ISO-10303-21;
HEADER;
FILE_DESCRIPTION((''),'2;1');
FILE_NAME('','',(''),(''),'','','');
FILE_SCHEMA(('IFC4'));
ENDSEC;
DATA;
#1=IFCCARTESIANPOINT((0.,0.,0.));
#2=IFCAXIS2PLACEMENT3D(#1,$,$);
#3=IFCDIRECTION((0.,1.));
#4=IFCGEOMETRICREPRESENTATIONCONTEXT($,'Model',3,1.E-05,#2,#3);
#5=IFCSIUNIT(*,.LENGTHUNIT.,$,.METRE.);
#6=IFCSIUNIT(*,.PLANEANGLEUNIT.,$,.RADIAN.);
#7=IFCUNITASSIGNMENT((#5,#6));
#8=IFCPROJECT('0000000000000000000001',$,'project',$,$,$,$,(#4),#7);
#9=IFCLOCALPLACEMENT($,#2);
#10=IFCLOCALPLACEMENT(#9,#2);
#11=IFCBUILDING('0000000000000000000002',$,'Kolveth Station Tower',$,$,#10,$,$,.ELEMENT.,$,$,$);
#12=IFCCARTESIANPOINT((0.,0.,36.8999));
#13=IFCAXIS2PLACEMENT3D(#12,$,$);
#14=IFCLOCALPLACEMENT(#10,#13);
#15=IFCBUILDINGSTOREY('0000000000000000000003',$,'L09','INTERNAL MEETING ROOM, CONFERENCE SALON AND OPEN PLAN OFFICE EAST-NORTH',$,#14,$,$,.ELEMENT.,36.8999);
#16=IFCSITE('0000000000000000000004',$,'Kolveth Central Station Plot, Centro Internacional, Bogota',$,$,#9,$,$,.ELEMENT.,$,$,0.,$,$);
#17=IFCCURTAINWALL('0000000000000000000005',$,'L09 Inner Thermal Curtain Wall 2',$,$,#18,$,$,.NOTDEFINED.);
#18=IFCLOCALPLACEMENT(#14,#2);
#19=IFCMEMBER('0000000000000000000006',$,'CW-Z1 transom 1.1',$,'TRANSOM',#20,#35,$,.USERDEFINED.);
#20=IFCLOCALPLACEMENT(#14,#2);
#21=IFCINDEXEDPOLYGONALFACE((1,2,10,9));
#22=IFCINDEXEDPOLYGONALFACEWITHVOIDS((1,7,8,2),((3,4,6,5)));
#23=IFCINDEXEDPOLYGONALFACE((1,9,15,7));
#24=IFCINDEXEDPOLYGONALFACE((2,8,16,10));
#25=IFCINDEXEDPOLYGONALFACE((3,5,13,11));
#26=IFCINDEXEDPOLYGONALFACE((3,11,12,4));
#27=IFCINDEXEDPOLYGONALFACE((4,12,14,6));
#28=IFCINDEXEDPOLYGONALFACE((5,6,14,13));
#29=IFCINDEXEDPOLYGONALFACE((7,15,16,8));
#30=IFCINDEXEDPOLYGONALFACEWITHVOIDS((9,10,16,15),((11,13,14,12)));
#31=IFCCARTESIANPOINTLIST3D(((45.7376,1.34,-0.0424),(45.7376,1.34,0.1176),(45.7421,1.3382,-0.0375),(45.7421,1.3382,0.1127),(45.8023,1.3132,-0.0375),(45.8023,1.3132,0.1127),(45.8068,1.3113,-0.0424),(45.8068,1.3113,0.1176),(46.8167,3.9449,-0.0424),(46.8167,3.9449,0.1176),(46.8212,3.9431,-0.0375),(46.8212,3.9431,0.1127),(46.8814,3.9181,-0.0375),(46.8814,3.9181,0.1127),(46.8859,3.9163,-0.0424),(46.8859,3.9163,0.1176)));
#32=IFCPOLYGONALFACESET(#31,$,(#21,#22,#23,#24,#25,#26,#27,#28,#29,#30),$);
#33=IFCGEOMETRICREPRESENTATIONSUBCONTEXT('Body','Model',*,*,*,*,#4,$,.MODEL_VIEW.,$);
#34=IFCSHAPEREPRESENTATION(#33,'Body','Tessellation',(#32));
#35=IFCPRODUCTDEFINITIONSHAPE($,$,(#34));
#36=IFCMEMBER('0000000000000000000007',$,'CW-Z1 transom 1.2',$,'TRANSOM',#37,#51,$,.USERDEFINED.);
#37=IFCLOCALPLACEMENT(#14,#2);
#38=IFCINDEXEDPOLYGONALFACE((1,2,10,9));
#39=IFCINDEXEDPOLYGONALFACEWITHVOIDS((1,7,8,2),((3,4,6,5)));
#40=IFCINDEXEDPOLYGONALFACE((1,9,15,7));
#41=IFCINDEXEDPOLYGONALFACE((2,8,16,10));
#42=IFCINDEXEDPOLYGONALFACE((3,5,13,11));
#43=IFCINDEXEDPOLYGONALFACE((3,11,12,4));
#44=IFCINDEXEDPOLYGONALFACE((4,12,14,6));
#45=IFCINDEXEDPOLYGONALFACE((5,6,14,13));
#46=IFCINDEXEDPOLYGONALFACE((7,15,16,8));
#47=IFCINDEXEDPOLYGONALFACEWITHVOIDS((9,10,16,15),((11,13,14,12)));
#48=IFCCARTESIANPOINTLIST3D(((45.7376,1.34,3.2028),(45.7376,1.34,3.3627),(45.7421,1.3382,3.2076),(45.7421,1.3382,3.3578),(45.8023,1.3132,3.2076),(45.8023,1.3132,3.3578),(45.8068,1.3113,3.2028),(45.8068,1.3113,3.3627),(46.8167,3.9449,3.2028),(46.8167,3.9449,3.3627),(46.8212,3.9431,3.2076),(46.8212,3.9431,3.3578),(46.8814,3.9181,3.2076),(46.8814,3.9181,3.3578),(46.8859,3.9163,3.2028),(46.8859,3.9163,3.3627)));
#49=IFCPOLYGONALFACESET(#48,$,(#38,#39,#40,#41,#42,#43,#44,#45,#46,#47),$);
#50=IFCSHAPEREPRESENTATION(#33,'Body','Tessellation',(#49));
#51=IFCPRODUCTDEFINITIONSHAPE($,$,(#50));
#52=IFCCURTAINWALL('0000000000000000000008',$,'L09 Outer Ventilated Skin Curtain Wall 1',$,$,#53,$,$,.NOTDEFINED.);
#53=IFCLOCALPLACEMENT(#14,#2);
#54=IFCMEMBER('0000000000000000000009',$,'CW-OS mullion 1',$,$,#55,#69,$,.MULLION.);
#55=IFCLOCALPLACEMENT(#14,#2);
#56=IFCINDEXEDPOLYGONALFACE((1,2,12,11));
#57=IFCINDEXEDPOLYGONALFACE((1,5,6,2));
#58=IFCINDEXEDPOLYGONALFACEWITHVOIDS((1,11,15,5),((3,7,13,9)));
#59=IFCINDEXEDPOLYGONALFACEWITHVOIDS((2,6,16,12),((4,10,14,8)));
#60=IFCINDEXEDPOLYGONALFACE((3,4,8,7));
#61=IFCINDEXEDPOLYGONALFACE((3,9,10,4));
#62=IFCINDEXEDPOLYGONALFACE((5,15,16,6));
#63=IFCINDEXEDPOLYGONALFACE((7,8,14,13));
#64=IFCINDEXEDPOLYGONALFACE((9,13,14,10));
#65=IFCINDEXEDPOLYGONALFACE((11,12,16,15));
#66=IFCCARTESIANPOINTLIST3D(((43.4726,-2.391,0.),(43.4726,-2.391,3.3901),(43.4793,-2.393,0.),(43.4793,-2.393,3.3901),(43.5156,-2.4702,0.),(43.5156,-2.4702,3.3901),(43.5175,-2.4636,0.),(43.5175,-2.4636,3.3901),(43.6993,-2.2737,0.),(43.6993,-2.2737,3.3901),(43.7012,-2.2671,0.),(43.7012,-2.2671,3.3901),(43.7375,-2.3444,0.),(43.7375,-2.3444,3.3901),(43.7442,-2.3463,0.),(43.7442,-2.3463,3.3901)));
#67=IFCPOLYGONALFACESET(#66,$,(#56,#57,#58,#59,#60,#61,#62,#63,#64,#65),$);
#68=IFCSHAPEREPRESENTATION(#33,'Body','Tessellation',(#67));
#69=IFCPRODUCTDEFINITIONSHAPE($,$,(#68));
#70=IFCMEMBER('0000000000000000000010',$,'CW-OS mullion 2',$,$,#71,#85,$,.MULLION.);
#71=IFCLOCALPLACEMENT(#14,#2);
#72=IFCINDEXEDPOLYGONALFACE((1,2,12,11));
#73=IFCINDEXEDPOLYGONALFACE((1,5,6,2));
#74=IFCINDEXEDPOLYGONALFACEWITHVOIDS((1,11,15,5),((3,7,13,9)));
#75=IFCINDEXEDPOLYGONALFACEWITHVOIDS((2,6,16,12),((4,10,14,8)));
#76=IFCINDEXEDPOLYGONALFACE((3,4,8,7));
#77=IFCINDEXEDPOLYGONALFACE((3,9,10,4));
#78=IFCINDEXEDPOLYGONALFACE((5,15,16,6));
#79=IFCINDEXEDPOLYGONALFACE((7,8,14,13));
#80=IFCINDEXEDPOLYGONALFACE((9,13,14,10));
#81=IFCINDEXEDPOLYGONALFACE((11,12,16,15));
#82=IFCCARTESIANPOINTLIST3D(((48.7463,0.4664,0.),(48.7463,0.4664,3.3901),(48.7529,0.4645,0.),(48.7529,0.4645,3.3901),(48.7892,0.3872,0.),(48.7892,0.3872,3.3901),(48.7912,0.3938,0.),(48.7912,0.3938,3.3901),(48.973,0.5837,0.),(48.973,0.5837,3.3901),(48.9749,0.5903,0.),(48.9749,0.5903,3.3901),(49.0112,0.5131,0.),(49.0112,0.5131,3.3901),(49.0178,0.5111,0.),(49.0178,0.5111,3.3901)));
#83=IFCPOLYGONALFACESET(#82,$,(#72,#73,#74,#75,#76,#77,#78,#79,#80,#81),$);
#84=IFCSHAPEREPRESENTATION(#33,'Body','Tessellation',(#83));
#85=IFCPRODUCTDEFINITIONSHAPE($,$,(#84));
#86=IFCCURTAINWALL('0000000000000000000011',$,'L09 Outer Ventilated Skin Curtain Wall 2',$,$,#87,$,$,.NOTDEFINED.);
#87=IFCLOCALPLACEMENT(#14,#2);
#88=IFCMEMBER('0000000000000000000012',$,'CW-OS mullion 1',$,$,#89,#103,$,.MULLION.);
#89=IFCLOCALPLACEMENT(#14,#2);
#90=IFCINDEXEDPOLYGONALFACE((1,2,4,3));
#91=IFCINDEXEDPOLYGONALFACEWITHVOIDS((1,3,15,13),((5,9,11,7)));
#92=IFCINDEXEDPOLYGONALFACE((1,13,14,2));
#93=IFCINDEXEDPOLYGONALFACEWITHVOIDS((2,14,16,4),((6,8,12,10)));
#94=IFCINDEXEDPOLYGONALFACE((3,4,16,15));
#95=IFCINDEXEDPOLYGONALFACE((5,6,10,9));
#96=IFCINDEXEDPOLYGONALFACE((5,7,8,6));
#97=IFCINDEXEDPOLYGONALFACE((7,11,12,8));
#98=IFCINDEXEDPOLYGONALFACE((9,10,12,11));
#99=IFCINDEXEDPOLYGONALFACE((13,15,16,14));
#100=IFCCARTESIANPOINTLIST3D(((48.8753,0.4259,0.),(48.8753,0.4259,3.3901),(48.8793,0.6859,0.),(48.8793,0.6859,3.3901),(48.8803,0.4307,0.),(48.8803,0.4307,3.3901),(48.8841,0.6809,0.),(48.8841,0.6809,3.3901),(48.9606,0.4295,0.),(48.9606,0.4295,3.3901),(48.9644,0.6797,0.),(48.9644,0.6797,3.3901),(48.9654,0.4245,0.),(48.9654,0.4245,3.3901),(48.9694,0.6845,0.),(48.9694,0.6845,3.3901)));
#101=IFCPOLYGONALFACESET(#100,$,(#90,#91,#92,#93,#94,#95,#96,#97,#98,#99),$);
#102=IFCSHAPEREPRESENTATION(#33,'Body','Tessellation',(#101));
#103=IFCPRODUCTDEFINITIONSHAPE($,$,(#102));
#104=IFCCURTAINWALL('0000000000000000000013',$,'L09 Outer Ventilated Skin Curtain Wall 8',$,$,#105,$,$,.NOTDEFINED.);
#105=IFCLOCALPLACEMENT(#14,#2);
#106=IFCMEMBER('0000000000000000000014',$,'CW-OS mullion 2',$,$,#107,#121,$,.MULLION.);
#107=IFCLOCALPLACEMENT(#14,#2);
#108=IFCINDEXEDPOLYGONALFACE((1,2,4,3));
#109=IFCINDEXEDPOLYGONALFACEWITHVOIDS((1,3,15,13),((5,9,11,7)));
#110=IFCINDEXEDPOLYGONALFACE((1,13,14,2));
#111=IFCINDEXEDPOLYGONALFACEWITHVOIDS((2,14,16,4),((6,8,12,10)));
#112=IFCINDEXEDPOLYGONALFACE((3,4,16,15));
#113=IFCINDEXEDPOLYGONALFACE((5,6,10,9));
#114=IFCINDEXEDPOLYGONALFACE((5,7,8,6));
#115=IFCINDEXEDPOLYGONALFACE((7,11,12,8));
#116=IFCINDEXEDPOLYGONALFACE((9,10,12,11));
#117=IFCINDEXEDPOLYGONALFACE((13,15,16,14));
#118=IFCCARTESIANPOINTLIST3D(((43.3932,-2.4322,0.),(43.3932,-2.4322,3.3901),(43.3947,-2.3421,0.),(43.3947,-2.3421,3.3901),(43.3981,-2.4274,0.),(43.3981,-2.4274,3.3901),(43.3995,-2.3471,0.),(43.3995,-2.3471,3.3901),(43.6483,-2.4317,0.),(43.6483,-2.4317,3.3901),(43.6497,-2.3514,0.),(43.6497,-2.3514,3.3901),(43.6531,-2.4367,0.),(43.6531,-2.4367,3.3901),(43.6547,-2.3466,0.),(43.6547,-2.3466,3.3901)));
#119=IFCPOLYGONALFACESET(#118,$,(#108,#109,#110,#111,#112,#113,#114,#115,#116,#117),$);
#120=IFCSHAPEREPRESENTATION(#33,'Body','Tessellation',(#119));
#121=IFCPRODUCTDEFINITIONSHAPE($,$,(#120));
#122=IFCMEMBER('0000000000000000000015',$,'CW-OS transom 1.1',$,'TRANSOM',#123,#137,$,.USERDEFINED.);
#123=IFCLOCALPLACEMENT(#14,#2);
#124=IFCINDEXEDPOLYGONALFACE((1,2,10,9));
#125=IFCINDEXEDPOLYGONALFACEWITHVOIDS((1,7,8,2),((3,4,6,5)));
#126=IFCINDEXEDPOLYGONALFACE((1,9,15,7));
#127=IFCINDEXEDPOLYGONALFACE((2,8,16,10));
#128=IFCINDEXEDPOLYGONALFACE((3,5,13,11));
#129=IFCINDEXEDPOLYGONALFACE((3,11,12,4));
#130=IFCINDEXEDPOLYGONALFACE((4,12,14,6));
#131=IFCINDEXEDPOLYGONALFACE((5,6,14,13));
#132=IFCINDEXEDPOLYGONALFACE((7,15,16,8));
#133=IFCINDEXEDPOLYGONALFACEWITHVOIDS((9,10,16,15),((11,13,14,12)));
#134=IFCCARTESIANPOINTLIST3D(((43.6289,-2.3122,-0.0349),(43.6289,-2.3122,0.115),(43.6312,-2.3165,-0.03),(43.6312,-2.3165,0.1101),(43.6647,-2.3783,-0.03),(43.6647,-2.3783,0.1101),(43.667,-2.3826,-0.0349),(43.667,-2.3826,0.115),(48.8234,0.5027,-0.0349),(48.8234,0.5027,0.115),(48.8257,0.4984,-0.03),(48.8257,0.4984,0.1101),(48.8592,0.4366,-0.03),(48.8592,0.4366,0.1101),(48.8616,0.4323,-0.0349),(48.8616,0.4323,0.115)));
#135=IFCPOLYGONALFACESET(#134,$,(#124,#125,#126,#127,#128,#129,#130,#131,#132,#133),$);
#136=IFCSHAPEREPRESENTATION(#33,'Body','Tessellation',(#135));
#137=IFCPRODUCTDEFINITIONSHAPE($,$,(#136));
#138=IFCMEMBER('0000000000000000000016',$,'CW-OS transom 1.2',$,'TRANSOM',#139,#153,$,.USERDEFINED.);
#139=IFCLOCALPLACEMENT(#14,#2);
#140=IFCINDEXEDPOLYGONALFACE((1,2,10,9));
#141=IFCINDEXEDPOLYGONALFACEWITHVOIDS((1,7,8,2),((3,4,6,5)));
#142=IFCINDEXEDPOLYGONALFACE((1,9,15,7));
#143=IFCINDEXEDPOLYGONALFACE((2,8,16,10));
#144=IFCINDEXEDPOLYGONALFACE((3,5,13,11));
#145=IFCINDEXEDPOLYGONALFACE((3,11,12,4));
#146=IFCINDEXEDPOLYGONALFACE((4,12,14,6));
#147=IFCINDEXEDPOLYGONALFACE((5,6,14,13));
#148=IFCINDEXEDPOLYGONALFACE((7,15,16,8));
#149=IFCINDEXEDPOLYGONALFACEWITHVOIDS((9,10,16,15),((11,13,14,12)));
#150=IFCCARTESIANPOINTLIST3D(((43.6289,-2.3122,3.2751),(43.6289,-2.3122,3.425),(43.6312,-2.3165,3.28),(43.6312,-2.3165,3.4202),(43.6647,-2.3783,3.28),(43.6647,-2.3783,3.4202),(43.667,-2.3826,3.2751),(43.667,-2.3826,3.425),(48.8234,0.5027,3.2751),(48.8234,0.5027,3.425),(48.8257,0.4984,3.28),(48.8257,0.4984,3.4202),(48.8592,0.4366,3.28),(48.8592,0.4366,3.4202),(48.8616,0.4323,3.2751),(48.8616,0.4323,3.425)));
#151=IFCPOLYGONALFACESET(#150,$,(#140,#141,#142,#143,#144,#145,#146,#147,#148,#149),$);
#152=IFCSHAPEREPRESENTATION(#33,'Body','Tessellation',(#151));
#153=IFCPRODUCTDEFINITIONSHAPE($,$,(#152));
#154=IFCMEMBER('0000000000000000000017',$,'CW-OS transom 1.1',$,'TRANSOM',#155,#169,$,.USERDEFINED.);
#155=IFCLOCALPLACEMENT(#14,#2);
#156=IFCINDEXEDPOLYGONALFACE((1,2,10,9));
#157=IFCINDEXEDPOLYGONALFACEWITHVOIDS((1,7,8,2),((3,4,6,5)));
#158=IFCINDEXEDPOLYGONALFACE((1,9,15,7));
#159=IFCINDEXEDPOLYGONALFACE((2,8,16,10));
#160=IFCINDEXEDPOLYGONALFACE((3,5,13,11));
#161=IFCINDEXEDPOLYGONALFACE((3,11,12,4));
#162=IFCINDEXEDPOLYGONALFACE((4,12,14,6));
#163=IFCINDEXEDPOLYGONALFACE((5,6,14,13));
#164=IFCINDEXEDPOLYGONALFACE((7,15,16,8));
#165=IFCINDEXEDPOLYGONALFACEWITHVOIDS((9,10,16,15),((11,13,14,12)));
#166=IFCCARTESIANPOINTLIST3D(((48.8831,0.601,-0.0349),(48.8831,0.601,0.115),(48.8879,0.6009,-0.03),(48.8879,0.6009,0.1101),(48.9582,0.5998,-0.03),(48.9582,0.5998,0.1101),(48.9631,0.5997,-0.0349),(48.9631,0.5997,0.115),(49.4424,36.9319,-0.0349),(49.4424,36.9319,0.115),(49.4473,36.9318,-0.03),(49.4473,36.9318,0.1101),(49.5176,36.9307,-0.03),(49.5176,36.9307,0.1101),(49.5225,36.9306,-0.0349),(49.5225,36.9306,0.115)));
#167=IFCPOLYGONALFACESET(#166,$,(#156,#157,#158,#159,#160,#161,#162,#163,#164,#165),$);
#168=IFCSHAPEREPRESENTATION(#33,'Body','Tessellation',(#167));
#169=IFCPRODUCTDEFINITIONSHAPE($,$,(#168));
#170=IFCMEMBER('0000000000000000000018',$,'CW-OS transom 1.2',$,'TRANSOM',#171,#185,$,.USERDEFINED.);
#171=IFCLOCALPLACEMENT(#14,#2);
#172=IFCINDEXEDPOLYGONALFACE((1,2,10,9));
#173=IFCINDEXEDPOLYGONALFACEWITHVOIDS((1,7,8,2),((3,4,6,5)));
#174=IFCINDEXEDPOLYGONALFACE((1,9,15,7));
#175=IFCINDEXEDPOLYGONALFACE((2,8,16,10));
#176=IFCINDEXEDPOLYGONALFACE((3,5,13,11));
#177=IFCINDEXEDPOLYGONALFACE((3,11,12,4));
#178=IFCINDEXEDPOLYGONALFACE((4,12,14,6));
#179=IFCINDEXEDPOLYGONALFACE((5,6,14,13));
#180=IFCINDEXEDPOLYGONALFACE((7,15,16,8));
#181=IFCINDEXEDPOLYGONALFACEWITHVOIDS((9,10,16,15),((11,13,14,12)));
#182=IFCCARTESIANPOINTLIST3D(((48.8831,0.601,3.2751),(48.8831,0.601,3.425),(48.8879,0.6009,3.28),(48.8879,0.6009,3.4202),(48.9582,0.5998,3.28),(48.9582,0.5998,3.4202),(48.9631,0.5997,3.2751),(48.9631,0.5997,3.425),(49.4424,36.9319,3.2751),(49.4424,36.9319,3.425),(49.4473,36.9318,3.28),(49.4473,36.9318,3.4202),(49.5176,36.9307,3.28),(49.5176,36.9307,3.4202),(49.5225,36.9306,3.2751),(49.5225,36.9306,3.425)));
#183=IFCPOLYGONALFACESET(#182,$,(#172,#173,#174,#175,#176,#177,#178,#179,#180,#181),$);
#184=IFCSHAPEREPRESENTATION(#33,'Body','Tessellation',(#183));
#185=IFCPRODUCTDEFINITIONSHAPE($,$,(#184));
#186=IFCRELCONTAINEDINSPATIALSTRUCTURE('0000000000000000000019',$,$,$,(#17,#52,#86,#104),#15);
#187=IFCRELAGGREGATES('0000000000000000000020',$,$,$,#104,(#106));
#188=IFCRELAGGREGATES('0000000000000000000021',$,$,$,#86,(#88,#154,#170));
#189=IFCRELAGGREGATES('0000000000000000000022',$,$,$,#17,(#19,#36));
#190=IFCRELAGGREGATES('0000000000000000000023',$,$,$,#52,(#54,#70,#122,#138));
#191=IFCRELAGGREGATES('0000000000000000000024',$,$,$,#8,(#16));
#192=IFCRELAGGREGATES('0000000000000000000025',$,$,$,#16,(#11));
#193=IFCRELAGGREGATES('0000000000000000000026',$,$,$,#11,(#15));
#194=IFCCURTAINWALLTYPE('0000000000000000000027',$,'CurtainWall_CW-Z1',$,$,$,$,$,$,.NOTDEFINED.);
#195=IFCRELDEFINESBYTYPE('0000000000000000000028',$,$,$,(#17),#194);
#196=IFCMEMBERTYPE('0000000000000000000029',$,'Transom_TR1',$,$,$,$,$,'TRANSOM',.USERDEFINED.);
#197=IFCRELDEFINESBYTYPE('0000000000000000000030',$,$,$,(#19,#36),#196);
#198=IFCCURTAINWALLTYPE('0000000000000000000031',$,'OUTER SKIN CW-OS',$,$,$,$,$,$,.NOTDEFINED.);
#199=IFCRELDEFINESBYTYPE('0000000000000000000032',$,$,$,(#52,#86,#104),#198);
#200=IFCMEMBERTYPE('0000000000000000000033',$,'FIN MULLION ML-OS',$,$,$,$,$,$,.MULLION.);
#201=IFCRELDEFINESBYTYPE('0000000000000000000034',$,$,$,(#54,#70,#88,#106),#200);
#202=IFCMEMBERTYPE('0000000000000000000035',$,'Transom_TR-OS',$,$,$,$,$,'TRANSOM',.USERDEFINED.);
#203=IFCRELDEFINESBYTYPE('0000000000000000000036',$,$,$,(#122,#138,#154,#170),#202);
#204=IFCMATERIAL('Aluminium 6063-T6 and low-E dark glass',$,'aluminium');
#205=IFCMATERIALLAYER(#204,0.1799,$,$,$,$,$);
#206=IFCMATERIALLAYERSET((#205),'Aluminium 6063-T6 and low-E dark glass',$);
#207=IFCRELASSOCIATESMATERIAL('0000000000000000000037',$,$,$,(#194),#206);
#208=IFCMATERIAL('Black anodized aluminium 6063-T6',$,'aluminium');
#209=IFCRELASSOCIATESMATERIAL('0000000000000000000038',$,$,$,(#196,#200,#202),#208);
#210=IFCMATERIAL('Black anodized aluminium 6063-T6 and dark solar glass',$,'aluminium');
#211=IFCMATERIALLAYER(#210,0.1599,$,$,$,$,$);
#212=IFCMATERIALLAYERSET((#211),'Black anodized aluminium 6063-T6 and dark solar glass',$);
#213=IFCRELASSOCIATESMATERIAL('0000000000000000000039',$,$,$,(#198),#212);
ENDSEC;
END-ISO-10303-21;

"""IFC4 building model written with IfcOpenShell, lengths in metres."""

from ifc_helpers import new_model, si_unit, direction, frame, origin, origin_2d, place, context, subcontext, project, spatial, hollow_rectangle, extrude, source, transform, mapped, material, layer, layer_set, material_profile, profile_set, type_object, element, aggregate, save


model = new_model("IFC4")

# Units and contexts
model_context = context("Model", 3, precision=1e-05, world=origin(), true_north=direction((0.0, 1.0)))
body_context = subcontext(model_context, "Body", "Model", "MODEL_VIEW")
ifc_project = project(units=[si_unit("LENGTHUNIT", "METRE"), si_unit("PLANEANGLEUNIT", "RADIAN")], contexts=[model_context])

# Site, building, storey
site_placement = place(None, origin())
site = spatial("IfcSite", under=ifc_project, at=site_placement, Name="Kolveth Central Station Plot, Centro Internacional, Bogota", CompositionType="ELEMENT", RefElevation=0.0)
building_placement = place(site_placement, origin())
building = spatial("IfcBuilding", under=site, at=building_placement, Name="Kolveth Station Tower", CompositionType="ELEMENT")
storey_placement = place(building_placement, frame((0.0, 0.0, 36.8999)))
storey = spatial("IfcBuildingStorey", under=building, at=storey_placement, Name="L09", Description="INTERNAL MEETING ROOM, CONFERENCE SALON AND OPEN PLAN OFFICE EAST-NORTH", CompositionType="ELEMENT", Elevation=36.8999)

# Curtain wall
ifc_material_1 = material(Name="Aluminium 6063-T6 and low-E dark glass", Category="aluminium")
ifc_layer_1 = layer(ifc_material_1, 0.1799)
ifc_layer_set_1 = layer_set([ifc_layer_1], Name="Aluminium 6063-T6 and low-E dark glass")
curtain_wall_type_1 = type_object("IfcCurtainWallType", Name="CurtainWall_CW-Z1", PredefinedType="NOTDEFINED", material=ifc_layer_set_1)
ifc_material_2 = material(Name="Black anodized aluminium 6063-T6", Category="aluminium")
curtain_wall_1_placement = place(storey_placement, origin())
curtain_wall_1 = element("IfcCurtainWall", 1, at=curtain_wall_1_placement, inside=storey, type_object=curtain_wall_type_1, Name="L09 Inner Thermal Curtain Wall 2", PredefinedType="NOTDEFINED")

# Members
ifc_material_profile_1 = material_profile(ifc_material_2, hollow_rectangle(XDim=0.075, YDim=0.1599, WallThickness=0.0049, at=origin_2d()), Name="ALU-75x160x5")
ifc_profile_set_1 = profile_set([ifc_material_profile_1], Name="Black anodized aluminium 6063-T6")
member_type_1 = type_object("IfcMemberType", Name="Transom_TR1", ElementType="TRANSOM", PredefinedType="USERDEFINED", material=ifc_profile_set_1)
shared_shape_1 = source(origin(), body_context, "Body", "SweptSolid", [
    extrude(hollow_rectangle(XDim=0.075, YDim=0.1599, WallThickness=0.0049, at=origin_2d()), origin(), (0.0, 0.0, 1.0), 2.8196),
])
member_1_placement = place(storey_placement, frame((45.7722, 1.3257, 0.0376), z_axis=(0.382709, 0.923869, 0.0), x_axis=(-0.923869, 0.382709, 0.0)))
member_1 = element("IfcMember", 2, at=member_1_placement, type_object=member_type_1, Name="CW-Z1 transom 1.1", ObjectType="TRANSOM", PredefinedType="USERDEFINED", context=body_context, shape_type="MappedRepresentation", body=[
    mapped(shared_shape_1, transform((0.0, 0.0, 0.0), x_axis=(1.0, 0.0, 0.0), y_axis=(0.0, 1.0, 0.0), z_axis=(0.0, 0.0, 1.0), scale=1.0)),
])
member_2_placement = place(storey_placement, frame((45.7722, 1.3257, 3.2827), z_axis=(0.382709, 0.923869, 0.0), x_axis=(-0.923869, 0.382709, 0.0)))
member_2 = element("IfcMember", 3, at=member_2_placement, type_object=member_type_1, Name="CW-Z1 transom 1.2", ObjectType="TRANSOM", PredefinedType="USERDEFINED", context=body_context, shape_type="MappedRepresentation", body=[
    mapped(shared_shape_1, transform((0.0, 0.0, 0.0), x_axis=(1.0, 0.0, 0.0), y_axis=(0.0, 1.0, 0.0), z_axis=(0.0, 0.0, 1.0), scale=1.0)),
])

# Curtain wall, members
ifc_material_3 = material(Name="Black anodized aluminium 6063-T6 and dark solar glass", Category="aluminium")
ifc_layer_2 = layer(ifc_material_3, 0.1599)
ifc_layer_set_2 = layer_set([ifc_layer_2], Name="Black anodized aluminium 6063-T6 and dark solar glass")
curtain_wall_type_2 = type_object("IfcCurtainWallType", Name="OUTER SKIN CW-OS", PredefinedType="NOTDEFINED", material=ifc_layer_set_2)
curtain_wall_2_placement = place(storey_placement, origin())
curtain_wall_2 = element("IfcCurtainWall", 4, at=curtain_wall_2_placement, inside=storey, type_object=curtain_wall_type_2, Name="L09 Outer Ventilated Skin Curtain Wall 1", PredefinedType="NOTDEFINED")
ifc_material_profile_2 = material_profile(ifc_material_2, hollow_rectangle(XDim=0.0901, YDim=0.26, WallThickness=0.0049, at=origin_2d()), Name="ALU-90x260x5")
ifc_profile_set_2 = profile_set([ifc_material_profile_2], Name="Black anodized aluminium 6063-T6")
member_type_2 = type_object("IfcMemberType", Name="FIN MULLION ML-OS", PredefinedType="MULLION", material=ifc_profile_set_2)
shared_shape_2 = source(origin(), body_context, "Body", "SweptSolid", [
    extrude(hollow_rectangle(XDim=0.0901, YDim=0.26, WallThickness=0.0049, at=origin_2d()), origin(), (0.0, 0.0, 1.0), 3.3901),
])
member_3_placement = place(storey_placement, frame((43.6084, -2.3687, 0.0), z_axis=(0.0, 0.0, 1.0), x_axis=(-0.476412, 0.879222, 0.0)))
member_3 = element("IfcMember", 5, at=member_3_placement, type_object=member_type_2, Name="CW-OS mullion 1", PredefinedType="MULLION", context=body_context, shape_type="MappedRepresentation", body=[
    mapped(shared_shape_2, transform((0.0, 0.0, 0.0), x_axis=(1.0, 0.0, 0.0), y_axis=(0.0, 1.0, 0.0), z_axis=(0.0, 0.0, 1.0), scale=1.0)),
])
member_4_placement = place(storey_placement, frame((48.8821, 0.4888, 0.0), z_axis=(0.0, 0.0, 1.0), x_axis=(-0.476412, 0.879222, 0.0)))
member_4 = element("IfcMember", 6, at=member_4_placement, type_object=member_type_2, Name="CW-OS mullion 2", PredefinedType="MULLION", context=body_context, shape_type="MappedRepresentation", body=[
    mapped(shared_shape_2, transform((0.0, 0.0, 0.0), x_axis=(1.0, 0.0, 0.0), y_axis=(0.0, 1.0, 0.0), z_axis=(0.0, 0.0, 1.0), scale=1.0)),
])

# Curtain walls, members
curtain_wall_3_placement = place(storey_placement, origin())
curtain_wall_3 = element("IfcCurtainWall", 7, at=curtain_wall_3_placement, inside=storey, type_object=curtain_wall_type_2, Name="L09 Outer Ventilated Skin Curtain Wall 2", PredefinedType="NOTDEFINED")
member_5_placement = place(storey_placement, frame((48.9224, 0.5552, 0.0), z_axis=(0.0, 0.0, 1.0), x_axis=(-0.999882, 0.015391, 0.0)))
member_5 = element("IfcMember", 8, at=member_5_placement, type_object=member_type_2, Name="CW-OS mullion 1", PredefinedType="MULLION", context=body_context, shape_type="MappedRepresentation", body=[
    mapped(shared_shape_2, transform((0.0, 0.0, 0.0), x_axis=(1.0, 0.0, 0.0), y_axis=(0.0, 1.0, 0.0), z_axis=(0.0, 0.0, 1.0), scale=1.0)),
])
curtain_wall_4_placement = place(storey_placement, origin())
curtain_wall_4 = element("IfcCurtainWall", 9, at=curtain_wall_4_placement, inside=storey, type_object=curtain_wall_type_2, Name="L09 Outer Ventilated Skin Curtain Wall 8", PredefinedType="NOTDEFINED")
member_6_placement = place(storey_placement, frame((43.5239, -2.3894, 0.0), z_axis=(0.0, 0.0, 1.0), x_axis=(0.017383, 0.999849, 0.0)))
member_6 = element("IfcMember", 10, at=member_6_placement, type_object=member_type_2, Name="CW-OS mullion 2", PredefinedType="MULLION", context=body_context, shape_type="MappedRepresentation", body=[
    mapped(shared_shape_2, transform((0.0, 0.0, 0.0), x_axis=(1.0, 0.0, 0.0), y_axis=(0.0, 1.0, 0.0), z_axis=(0.0, 0.0, 1.0), scale=1.0)),
])
aggregate(curtain_wall_4, [member_6])

# Members
ifc_material_profile_3 = material_profile(ifc_material_2, hollow_rectangle(XDim=0.0801, YDim=0.1499, WallThickness=0.0049, at=origin_2d()), Name="ALU-80x150x5")
ifc_profile_set_3 = profile_set([ifc_material_profile_3], Name="Black anodized aluminium 6063-T6")
member_type_3 = type_object("IfcMemberType", Name="Transom_TR-OS", ElementType="TRANSOM", PredefinedType="USERDEFINED", material=ifc_profile_set_3)
shared_shape_3 = source(origin(), body_context, "Body", "SweptSolid", [
    extrude(hollow_rectangle(XDim=0.0801, YDim=0.1499, WallThickness=0.0049, at=origin_2d()), origin(), (0.0, 0.0, 1.0), 5.9082),
])
member_7_placement = place(storey_placement, frame((43.6479, -2.3474, 0.04), z_axis=(0.879206, 0.476442, 0.0), x_axis=(-0.476442, 0.879206, 0.0)))
member_7 = element("IfcMember", 11, at=member_7_placement, type_object=member_type_3, Name="CW-OS transom 1.1", ObjectType="TRANSOM", PredefinedType="USERDEFINED", context=body_context, shape_type="MappedRepresentation", body=[
    mapped(shared_shape_3, transform((0.0, 0.0, 0.0), x_axis=(1.0, 0.0, 0.0), y_axis=(0.0, 1.0, 0.0), z_axis=(0.0, 0.0, 1.0), scale=1.0)),
])
member_8_placement = place(storey_placement, frame((43.6479, -2.3474, 3.3501), z_axis=(0.879206, 0.476442, 0.0), x_axis=(-0.476442, 0.879206, 0.0)))
member_8 = element("IfcMember", 12, at=member_8_placement, type_object=member_type_3, Name="CW-OS transom 1.2", ObjectType="TRANSOM", PredefinedType="USERDEFINED", context=body_context, shape_type="MappedRepresentation", body=[
    mapped(shared_shape_3, transform((0.0, 0.0, 0.0), x_axis=(1.0, 0.0, 0.0), y_axis=(0.0, 1.0, 0.0), z_axis=(0.0, 0.0, 1.0), scale=1.0)),
])
shared_shape_4 = source(origin(), body_context, "Body", "SweptSolid", [
    extrude(hollow_rectangle(XDim=0.0801, YDim=0.1499, WallThickness=0.0049, at=origin_2d()), origin(), (0.0, 0.0, 1.0), 36.3352),
])
member_9_placement = place(storey_placement, frame((48.9231, 0.6003, 0.04), z_axis=(0.015394, 0.999882, 0.0), x_axis=(-0.999882, 0.015394, 0.0)))
member_9 = element("IfcMember", 13, at=member_9_placement, type_object=member_type_3, Name="CW-OS transom 1.1", ObjectType="TRANSOM", PredefinedType="USERDEFINED", context=body_context, shape_type="MappedRepresentation", body=[
    mapped(shared_shape_4, transform((0.0, 0.0, 0.0), x_axis=(1.0, 0.0, 0.0), y_axis=(0.0, 1.0, 0.0), z_axis=(0.0, 0.0, 1.0), scale=1.0)),
])
member_10_placement = place(storey_placement, frame((48.9231, 0.6003, 3.3501), z_axis=(0.015394, 0.999882, 0.0), x_axis=(-0.999882, 0.015394, 0.0)))
member_10 = element("IfcMember", 14, at=member_10_placement, type_object=member_type_3, Name="CW-OS transom 1.2", ObjectType="TRANSOM", PredefinedType="USERDEFINED", context=body_context, shape_type="MappedRepresentation", body=[
    mapped(shared_shape_4, transform((0.0, 0.0, 0.0), x_axis=(1.0, 0.0, 0.0), y_axis=(0.0, 1.0, 0.0), z_axis=(0.0, 0.0, 1.0), scale=1.0)),
])
aggregate(curtain_wall_3, [member_5, member_9, member_10])

aggregate(curtain_wall_1, [member_1, member_2])
aggregate(curtain_wall_2, [member_3, member_4, member_7, member_8])

save(model, "model.ifc")
